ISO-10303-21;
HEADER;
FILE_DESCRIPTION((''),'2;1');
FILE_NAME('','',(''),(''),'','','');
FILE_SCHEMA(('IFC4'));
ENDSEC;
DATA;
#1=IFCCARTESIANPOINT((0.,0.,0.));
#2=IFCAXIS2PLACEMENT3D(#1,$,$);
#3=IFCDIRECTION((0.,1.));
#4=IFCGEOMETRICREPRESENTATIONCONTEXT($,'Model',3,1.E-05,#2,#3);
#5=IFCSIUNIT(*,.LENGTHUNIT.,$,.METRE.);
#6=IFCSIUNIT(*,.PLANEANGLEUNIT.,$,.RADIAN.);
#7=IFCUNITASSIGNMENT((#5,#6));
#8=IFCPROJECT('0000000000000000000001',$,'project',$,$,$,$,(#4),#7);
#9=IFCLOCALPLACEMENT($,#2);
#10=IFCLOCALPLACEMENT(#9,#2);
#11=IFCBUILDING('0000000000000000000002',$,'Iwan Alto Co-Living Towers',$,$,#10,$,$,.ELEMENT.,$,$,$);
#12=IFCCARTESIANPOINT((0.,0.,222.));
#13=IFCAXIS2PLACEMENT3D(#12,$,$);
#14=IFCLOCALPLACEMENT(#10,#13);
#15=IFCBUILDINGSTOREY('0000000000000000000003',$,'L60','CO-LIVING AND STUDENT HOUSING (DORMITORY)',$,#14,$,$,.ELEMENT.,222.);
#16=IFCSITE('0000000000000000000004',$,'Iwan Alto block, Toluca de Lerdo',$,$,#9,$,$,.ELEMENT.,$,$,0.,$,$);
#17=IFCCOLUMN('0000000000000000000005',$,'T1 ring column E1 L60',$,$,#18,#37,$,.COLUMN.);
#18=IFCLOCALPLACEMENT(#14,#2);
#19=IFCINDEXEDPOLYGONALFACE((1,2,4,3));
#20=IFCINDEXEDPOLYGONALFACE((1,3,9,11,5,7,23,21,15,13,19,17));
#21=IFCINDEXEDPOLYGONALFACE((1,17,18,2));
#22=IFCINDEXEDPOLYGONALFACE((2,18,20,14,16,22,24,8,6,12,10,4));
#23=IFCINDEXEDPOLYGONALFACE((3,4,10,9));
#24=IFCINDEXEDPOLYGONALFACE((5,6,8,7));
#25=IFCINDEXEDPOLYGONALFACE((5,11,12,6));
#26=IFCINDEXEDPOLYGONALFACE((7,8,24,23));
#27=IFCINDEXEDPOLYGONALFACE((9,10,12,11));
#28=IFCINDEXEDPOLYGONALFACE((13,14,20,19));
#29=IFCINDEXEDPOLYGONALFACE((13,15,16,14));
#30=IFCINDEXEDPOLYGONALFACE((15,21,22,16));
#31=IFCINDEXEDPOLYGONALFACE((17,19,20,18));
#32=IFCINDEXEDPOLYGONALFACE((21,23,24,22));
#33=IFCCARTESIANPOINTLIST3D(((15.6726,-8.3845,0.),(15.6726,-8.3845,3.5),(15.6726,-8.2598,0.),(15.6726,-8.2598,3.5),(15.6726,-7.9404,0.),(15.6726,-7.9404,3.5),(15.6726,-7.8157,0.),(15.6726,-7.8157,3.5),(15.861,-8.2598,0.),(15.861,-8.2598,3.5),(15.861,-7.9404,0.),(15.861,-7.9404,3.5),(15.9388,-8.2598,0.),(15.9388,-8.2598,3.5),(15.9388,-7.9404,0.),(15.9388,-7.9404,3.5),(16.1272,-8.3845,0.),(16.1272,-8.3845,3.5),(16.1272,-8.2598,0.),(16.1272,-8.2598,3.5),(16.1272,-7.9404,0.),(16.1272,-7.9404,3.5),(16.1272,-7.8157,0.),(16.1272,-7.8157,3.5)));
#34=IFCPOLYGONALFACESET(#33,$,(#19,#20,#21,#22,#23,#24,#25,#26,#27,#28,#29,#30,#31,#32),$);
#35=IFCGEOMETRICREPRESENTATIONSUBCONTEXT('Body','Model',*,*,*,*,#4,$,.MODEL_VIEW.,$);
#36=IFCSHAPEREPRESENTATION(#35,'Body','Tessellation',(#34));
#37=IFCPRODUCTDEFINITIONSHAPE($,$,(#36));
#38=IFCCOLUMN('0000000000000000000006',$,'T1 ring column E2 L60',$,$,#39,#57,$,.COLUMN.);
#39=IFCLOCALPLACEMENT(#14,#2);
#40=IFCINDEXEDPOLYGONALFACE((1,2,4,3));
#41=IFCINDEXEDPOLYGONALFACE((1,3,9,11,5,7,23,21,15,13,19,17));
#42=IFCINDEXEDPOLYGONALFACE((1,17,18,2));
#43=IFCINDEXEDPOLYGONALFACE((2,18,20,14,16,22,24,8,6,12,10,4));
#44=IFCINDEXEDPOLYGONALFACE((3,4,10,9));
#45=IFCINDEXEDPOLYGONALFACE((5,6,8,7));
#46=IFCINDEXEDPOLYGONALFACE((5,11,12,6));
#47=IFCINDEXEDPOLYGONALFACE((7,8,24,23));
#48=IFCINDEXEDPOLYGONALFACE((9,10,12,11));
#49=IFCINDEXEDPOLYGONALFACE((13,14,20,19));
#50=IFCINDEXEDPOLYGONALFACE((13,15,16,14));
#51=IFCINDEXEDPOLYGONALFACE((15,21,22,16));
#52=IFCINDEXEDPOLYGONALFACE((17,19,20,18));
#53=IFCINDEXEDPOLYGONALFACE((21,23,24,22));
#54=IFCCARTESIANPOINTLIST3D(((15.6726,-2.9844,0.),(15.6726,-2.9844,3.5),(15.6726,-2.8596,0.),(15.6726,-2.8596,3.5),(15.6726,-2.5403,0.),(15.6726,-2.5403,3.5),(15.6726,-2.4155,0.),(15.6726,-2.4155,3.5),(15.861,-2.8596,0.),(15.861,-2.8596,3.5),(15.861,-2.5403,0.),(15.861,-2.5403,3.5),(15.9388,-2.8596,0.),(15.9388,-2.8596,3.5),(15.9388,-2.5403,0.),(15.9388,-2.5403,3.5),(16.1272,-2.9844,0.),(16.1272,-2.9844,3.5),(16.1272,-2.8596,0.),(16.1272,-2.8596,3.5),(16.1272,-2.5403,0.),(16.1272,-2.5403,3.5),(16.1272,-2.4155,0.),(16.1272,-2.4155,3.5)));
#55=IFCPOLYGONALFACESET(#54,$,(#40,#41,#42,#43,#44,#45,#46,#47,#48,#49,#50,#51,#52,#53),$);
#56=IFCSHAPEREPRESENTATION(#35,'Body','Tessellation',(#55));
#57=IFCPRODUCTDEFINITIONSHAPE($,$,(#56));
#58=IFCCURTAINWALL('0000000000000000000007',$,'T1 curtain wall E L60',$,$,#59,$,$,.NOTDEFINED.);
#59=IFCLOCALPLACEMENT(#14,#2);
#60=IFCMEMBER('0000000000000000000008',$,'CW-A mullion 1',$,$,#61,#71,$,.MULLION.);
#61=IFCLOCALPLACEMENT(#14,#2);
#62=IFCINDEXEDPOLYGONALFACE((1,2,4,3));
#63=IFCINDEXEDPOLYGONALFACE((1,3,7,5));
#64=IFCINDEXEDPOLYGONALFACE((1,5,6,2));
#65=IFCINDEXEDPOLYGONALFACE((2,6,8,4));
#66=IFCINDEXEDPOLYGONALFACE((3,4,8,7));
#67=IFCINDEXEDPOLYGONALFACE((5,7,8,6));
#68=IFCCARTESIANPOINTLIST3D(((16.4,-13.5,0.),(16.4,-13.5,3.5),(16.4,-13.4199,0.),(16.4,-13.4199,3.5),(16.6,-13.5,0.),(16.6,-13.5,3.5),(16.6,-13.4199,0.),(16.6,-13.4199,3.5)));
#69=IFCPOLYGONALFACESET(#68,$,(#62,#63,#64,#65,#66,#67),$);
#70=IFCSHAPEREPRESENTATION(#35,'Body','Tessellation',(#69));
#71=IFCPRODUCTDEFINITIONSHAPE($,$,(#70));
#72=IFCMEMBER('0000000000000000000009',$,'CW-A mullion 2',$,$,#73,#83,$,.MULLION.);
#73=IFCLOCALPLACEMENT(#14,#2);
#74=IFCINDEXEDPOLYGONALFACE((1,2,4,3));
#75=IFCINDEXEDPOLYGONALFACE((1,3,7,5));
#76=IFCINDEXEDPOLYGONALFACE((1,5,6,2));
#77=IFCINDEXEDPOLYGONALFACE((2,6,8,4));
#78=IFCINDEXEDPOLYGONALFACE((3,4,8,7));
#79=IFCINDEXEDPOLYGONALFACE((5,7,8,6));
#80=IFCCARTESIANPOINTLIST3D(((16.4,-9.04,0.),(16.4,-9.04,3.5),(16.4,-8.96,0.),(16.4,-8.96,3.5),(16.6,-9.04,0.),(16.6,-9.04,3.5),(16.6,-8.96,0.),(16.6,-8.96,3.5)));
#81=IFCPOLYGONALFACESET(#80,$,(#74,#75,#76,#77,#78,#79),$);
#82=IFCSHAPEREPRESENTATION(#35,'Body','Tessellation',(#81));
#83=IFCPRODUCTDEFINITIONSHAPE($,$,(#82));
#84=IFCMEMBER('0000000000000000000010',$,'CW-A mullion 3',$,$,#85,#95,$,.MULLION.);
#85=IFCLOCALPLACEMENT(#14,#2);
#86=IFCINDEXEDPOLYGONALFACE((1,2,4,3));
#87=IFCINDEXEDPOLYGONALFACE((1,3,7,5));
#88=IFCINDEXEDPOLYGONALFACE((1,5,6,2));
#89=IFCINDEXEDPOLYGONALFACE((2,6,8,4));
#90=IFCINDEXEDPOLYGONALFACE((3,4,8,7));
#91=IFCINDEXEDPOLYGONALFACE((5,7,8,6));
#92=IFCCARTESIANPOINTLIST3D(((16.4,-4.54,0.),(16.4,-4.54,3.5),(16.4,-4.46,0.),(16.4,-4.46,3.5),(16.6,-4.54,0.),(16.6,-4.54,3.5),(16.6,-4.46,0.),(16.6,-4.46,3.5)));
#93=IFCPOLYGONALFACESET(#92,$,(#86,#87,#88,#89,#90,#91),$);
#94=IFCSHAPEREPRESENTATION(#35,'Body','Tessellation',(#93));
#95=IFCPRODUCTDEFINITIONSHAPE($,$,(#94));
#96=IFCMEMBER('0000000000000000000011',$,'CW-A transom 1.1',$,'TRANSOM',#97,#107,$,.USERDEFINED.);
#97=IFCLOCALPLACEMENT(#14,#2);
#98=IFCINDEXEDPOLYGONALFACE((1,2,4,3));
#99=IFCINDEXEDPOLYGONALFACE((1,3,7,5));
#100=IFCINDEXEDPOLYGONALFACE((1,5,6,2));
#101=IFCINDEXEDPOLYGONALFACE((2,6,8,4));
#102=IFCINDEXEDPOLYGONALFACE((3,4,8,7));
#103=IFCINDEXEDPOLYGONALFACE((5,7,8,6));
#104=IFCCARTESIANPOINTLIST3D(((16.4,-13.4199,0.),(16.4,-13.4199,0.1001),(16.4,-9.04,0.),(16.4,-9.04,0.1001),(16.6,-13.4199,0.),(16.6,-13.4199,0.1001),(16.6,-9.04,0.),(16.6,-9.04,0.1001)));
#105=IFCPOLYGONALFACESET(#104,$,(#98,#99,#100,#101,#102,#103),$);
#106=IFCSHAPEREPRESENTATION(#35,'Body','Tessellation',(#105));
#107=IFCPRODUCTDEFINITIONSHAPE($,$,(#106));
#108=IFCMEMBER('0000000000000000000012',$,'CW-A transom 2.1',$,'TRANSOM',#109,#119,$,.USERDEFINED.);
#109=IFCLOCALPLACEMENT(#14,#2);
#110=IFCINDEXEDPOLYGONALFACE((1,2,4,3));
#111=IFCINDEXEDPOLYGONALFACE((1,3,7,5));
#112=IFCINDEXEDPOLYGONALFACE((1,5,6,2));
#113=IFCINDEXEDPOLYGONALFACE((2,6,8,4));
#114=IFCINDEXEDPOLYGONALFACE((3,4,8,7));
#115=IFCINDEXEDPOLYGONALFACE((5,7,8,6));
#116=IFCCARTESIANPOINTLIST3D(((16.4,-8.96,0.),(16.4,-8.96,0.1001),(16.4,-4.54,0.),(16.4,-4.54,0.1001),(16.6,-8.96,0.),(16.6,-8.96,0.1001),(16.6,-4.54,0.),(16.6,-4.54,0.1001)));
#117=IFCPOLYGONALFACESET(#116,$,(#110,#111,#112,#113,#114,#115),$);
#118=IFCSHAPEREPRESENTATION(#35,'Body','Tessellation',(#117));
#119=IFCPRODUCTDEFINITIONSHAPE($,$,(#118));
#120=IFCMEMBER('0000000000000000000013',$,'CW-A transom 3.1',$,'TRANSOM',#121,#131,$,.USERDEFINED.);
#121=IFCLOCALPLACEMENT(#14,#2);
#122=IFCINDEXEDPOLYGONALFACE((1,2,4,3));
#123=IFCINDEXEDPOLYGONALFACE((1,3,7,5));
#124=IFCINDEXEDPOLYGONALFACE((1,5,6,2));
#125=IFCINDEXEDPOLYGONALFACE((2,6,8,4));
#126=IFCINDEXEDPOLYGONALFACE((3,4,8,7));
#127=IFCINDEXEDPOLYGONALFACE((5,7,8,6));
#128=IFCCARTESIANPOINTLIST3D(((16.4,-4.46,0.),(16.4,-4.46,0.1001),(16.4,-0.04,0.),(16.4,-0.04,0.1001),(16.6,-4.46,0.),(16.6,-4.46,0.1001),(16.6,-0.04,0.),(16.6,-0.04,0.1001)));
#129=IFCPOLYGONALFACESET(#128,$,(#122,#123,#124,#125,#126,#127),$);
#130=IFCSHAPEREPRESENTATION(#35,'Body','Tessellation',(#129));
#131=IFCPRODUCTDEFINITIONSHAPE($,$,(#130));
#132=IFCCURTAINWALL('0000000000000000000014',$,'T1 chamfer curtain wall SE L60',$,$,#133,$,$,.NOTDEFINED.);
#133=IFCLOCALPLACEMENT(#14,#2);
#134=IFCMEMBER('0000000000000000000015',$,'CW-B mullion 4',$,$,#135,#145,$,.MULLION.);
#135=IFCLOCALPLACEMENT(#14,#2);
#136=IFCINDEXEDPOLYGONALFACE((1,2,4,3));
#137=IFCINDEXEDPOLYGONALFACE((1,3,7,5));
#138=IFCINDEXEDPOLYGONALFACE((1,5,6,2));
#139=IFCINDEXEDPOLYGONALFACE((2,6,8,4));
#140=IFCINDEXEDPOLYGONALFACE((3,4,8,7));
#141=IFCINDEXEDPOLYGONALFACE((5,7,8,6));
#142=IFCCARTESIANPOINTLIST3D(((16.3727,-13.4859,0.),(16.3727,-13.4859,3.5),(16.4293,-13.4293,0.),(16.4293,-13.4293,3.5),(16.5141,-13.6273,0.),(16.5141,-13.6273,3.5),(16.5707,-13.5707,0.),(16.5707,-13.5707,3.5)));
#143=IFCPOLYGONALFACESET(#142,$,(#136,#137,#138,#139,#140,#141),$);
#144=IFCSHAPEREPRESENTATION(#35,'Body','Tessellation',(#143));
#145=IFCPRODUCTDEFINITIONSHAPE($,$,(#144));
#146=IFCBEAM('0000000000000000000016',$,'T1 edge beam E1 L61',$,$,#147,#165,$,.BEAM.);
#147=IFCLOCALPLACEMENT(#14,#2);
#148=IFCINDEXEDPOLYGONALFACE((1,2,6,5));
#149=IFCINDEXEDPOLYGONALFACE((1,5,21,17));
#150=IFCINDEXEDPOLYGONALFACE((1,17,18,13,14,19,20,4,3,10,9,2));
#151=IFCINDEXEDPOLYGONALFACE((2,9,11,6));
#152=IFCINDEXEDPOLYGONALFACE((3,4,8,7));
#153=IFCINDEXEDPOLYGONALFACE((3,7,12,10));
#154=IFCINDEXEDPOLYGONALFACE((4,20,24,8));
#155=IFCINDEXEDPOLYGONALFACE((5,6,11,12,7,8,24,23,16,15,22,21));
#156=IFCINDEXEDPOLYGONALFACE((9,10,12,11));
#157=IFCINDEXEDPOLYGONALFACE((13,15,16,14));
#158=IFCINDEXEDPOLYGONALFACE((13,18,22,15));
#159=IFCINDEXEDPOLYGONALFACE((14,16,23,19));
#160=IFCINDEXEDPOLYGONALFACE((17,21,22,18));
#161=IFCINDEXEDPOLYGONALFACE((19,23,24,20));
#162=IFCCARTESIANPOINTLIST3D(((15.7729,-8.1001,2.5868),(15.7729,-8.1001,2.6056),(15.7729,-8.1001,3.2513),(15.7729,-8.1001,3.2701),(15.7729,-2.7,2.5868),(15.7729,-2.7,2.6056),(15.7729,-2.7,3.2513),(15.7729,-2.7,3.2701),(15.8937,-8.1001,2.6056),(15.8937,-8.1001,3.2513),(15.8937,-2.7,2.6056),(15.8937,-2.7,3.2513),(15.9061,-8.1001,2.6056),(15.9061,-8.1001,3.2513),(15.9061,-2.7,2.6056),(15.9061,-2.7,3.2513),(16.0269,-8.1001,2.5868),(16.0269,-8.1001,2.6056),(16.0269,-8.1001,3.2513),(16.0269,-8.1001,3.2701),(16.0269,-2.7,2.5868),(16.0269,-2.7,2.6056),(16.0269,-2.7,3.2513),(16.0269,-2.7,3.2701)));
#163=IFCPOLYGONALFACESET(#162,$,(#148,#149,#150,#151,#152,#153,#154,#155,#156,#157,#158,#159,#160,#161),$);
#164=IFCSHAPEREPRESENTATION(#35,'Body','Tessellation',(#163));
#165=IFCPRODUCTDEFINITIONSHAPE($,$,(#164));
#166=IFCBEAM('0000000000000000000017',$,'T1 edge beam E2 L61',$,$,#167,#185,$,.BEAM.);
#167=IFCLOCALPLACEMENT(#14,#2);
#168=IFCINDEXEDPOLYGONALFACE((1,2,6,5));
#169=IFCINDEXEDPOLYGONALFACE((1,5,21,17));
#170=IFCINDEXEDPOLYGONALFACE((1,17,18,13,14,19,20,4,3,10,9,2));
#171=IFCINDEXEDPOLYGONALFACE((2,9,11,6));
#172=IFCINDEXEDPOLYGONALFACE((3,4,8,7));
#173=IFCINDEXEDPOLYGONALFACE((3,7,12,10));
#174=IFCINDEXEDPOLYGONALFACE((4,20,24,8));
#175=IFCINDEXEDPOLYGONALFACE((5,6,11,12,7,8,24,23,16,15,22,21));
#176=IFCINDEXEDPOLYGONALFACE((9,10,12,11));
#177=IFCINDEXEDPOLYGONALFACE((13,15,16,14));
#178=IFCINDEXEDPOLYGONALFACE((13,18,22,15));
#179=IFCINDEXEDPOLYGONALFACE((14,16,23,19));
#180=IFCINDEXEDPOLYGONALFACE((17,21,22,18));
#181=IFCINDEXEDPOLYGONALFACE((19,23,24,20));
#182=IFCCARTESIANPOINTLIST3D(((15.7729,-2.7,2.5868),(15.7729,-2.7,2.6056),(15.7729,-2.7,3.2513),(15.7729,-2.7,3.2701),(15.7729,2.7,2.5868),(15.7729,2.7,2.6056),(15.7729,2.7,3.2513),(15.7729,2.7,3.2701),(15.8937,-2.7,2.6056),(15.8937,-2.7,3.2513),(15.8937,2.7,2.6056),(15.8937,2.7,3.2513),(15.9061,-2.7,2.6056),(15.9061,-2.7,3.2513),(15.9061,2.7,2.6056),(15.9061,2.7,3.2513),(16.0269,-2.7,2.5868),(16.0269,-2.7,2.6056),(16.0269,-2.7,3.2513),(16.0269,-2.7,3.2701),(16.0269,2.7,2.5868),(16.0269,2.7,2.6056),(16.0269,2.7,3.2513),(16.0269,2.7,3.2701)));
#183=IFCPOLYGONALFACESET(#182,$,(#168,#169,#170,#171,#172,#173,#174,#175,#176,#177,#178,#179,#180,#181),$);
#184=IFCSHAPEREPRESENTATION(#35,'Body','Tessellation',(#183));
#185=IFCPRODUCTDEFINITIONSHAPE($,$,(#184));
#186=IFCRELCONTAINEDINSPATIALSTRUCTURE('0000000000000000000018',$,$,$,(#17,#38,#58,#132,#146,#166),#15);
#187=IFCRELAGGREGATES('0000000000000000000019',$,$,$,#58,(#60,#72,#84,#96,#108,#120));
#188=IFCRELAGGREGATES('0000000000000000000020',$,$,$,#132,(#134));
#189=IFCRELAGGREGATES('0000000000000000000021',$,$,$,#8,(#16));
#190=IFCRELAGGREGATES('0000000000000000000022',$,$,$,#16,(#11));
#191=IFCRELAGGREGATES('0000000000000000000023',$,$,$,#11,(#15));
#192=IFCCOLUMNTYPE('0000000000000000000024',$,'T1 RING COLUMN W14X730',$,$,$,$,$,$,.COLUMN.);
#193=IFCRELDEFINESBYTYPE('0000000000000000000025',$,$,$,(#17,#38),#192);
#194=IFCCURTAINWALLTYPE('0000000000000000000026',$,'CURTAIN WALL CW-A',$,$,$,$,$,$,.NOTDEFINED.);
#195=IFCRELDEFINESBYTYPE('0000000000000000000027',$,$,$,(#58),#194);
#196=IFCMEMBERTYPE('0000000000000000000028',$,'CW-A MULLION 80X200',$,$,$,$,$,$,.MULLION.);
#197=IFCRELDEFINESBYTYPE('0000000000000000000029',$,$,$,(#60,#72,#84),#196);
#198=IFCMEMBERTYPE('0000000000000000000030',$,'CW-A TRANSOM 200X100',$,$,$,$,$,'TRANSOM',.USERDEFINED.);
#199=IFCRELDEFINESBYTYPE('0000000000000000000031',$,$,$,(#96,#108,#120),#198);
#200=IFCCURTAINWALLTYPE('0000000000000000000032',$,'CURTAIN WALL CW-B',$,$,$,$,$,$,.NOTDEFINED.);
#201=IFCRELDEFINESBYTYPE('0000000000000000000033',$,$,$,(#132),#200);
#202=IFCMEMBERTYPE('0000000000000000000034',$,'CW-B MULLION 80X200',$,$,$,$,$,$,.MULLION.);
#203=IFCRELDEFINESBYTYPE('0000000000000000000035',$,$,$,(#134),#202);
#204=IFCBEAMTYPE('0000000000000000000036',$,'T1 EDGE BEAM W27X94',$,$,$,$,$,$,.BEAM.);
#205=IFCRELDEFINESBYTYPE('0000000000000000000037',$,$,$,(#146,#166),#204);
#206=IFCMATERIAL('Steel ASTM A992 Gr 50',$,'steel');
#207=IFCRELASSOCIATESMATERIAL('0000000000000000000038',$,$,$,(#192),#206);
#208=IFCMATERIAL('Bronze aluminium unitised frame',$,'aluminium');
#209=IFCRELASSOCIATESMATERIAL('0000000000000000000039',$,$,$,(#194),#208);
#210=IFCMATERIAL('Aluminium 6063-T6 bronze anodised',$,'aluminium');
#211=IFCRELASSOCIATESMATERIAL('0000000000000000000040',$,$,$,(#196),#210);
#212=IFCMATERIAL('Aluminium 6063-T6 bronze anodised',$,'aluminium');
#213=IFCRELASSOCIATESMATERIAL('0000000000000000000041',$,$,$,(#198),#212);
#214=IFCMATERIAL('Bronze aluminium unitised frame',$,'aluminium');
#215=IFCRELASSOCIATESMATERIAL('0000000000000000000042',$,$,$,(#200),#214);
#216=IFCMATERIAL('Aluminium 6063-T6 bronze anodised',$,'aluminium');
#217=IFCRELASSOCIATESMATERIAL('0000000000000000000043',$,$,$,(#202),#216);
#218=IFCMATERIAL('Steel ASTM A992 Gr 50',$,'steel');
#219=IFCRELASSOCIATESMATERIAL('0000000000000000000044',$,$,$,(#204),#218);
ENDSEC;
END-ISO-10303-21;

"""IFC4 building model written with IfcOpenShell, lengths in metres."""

from ifc_helpers import new_model, si_unit, direction, frame, origin, origin_2d, place, context, subcontext, project, spatial, rectangle, i_section, extrude, material, material_profile, profile_set, type_object, element, aggregate, save


model = new_model("IFC4")

# Units and contexts
model_context = context("Model", 3, precision=1e-05, world=origin(), true_north=direction((0.0, 1.0)))
body_context = subcontext(model_context, "Body", "Model", "MODEL_VIEW")
ifc_project = project(units=[si_unit("LENGTHUNIT", "METRE"), si_unit("PLANEANGLEUNIT", "RADIAN")], contexts=[model_context])

# Site, building, storey
site_placement = place(None, origin())
site = spatial("IfcSite", under=ifc_project, at=site_placement, Name="Iwan Alto block, Toluca de Lerdo", CompositionType="ELEMENT", RefElevation=0.0)
building_placement = place(site_placement, origin())
building = spatial("IfcBuilding", under=site, at=building_placement, Name="Iwan Alto Co-Living Towers", CompositionType="ELEMENT")
storey_placement = place(building_placement, frame((0.0, 0.0, 222.0)))
storey = spatial("IfcBuildingStorey", under=building, at=storey_placement, Name="L60", Description="CO-LIVING AND STUDENT HOUSING (DORMITORY)", CompositionType="ELEMENT", Elevation=222.0)

# Columns
ifc_material_1 = material(Name="Steel ASTM A992 Gr 50", Category="steel")
ifc_material_profile_1 = material_profile(ifc_material_1, i_section(OverallWidth=0.4546, OverallDepth=0.5688, WebThickness=0.0779, FlangeThickness=0.1248, at=origin_2d()), Name="W14X730")
ifc_profile_set_1 = profile_set([ifc_material_profile_1], Name="Steel ASTM A992 Gr 50")
column_type = type_object("IfcColumnType", Name="T1 RING COLUMN W14X730", PredefinedType="COLUMN", material=ifc_profile_set_1)
for number, where, z_axis, x_axis, name in (
    (1, (15.8999, -8.1001, 0.0), (0.0, 0.0, 1.0), (1.0, 0.0, 0.0), "T1 ring column E1 L60"),
    (2, (15.8999, -2.7, 0.0), (0.0, 0.0, 1.0), (1.0, 0.0, 0.0), "T1 ring column E2 L60"),
):
    element("IfcColumn", number, at=place(storey_placement, frame(where, z_axis=z_axis, x_axis=x_axis)), inside=storey, type_object=column_type, Name=name, PredefinedType="COLUMN", context=body_context, shape_type="SweptSolid", body=[
        extrude(i_section(OverallWidth=0.4546, OverallDepth=0.5688, WebThickness=0.0779, FlangeThickness=0.1248, at=origin_2d()), origin(), (0.0, 0.0, 1.0), 3.5),
    ])

# Curtain wall, members
ifc_material_2 = material(Name="Bronze aluminium unitised frame", Category="aluminium")
curtain_wall_type_1 = type_object("IfcCurtainWallType", Name="CURTAIN WALL CW-A", PredefinedType="NOTDEFINED", material=ifc_material_2)
curtain_wall_1_placement = place(storey_placement, origin())
curtain_wall_1 = element("IfcCurtainWall", 3, at=curtain_wall_1_placement, inside=storey, type_object=curtain_wall_type_1, Name="T1 curtain wall E L60", PredefinedType="NOTDEFINED")
ifc_material_3 = material(Name="Aluminium 6063-T6 bronze anodised", Category="aluminium")
ifc_material_profile_2 = material_profile(ifc_material_3, rectangle(XDim=0.2, YDim=0.0801, at=origin_2d()), Name="AL 80X200")
ifc_profile_set_2 = profile_set([ifc_material_profile_2], Name="Aluminium 6063-T6 bronze anodised")
member_type_1 = type_object("IfcMemberType", Name="CW-A MULLION 80X200", PredefinedType="MULLION", material=ifc_profile_set_2)
member_1_placement = place(storey_placement, frame((16.5, -13.46, 0.0), z_axis=(0.0, 0.0, 1.0), x_axis=(-1.0, 0.0, 0.0)))
member_1 = element("IfcMember", 4, at=member_1_placement, type_object=member_type_1, Name="CW-A mullion 1", PredefinedType="MULLION", context=body_context, shape_type="SweptSolid", body=[
    extrude(rectangle(XDim=0.2, YDim=0.0801, at=origin_2d()), origin(), (0.0, 0.0, 1.0), 3.5),
])
member_2_placement = place(storey_placement, frame((16.5, -9.0, 0.0), z_axis=(0.0, 0.0, 1.0), x_axis=(-1.0, 0.0, 0.0)))
member_2 = element("IfcMember", 5, at=member_2_placement, type_object=member_type_1, Name="CW-A mullion 2", PredefinedType="MULLION", context=body_context, shape_type="SweptSolid", body=[
    extrude(rectangle(XDim=0.2, YDim=0.0801, at=origin_2d()), origin(), (0.0, 0.0, 1.0), 3.5),
])
member_3_placement = place(storey_placement, frame((16.5, -4.5, 0.0), z_axis=(0.0, 0.0, 1.0), x_axis=(-1.0, 0.0, 0.0)))
member_3 = element("IfcMember", 6, at=member_3_placement, type_object=member_type_1, Name="CW-A mullion 3", PredefinedType="MULLION", context=body_context, shape_type="SweptSolid", body=[
    extrude(rectangle(XDim=0.2, YDim=0.0801, at=origin_2d()), origin(), (0.0, 0.0, 1.0), 3.5),
])
ifc_material_4 = material(Name="Aluminium 6063-T6 bronze anodised", Category="aluminium")
ifc_material_profile_3 = material_profile(ifc_material_4, rectangle(XDim=0.2, YDim=0.1001, at=origin_2d()), Name="AL 200X100")
ifc_profile_set_3 = profile_set([ifc_material_profile_3], Name="Aluminium 6063-T6 bronze anodised")
member_type_2 = type_object("IfcMemberType", Name="CW-A TRANSOM 200X100", ElementType="TRANSOM", PredefinedType="USERDEFINED", material=ifc_profile_set_3)
member_4_placement = place(storey_placement, frame((16.5, -13.4199, 0.05), z_axis=(0.0, 1.0, 0.0), x_axis=(-1.0, 0.0, 0.0)))
member_4 = element("IfcMember", 7, at=member_4_placement, type_object=member_type_2, Name="CW-A transom 1.1", ObjectType="TRANSOM", PredefinedType="USERDEFINED", context=body_context, shape_type="SweptSolid", body=[
    extrude(rectangle(XDim=0.2, YDim=0.1001, at=origin_2d()), origin(), (0.0, 0.0, 1.0), 4.3799),
])
member_5_placement = place(storey_placement, frame((16.5, -8.96, 0.05), z_axis=(0.0, 1.0, 0.0), x_axis=(-1.0, 0.0, 0.0)))
member_5 = element("IfcMember", 8, at=member_5_placement, type_object=member_type_2, Name="CW-A transom 2.1", ObjectType="TRANSOM", PredefinedType="USERDEFINED", context=body_context, shape_type="SweptSolid", body=[
    extrude(rectangle(XDim=0.2, YDim=0.1001, at=origin_2d()), origin(), (0.0, 0.0, 1.0), 4.4199),
])
member_6_placement = place(storey_placement, frame((16.5, -4.46, 0.05), z_axis=(0.0, 1.0, 0.0), x_axis=(-1.0, 0.0, 0.0)))
member_6 = element("IfcMember", 9, at=member_6_placement, type_object=member_type_2, Name="CW-A transom 3.1", ObjectType="TRANSOM", PredefinedType="USERDEFINED", context=body_context, shape_type="SweptSolid", body=[
    extrude(rectangle(XDim=0.2, YDim=0.1001, at=origin_2d()), origin(), (0.0, 0.0, 1.0), 4.4199),
])

# Curtain wall, member
ifc_material_5 = material(Name="Bronze aluminium unitised frame", Category="aluminium")
curtain_wall_type_2 = type_object("IfcCurtainWallType", Name="CURTAIN WALL CW-B", PredefinedType="NOTDEFINED", material=ifc_material_5)
curtain_wall_2_placement = place(storey_placement, origin())
curtain_wall_2 = element("IfcCurtainWall", 10, at=curtain_wall_2_placement, inside=storey, type_object=curtain_wall_type_2, Name="T1 chamfer curtain wall SE L60", PredefinedType="NOTDEFINED")
ifc_material_6 = material(Name="Aluminium 6063-T6 bronze anodised", Category="aluminium")
ifc_material_profile_4 = material_profile(ifc_material_6, rectangle(XDim=0.2, YDim=0.0801, at=origin_2d()), Name="AL 80X200")
ifc_profile_set_4 = profile_set([ifc_material_profile_4], Name="Aluminium 6063-T6 bronze anodised")
member_type_3 = type_object("IfcMemberType", Name="CW-B MULLION 80X200", PredefinedType="MULLION", material=ifc_profile_set_4)
member_7_placement = place(storey_placement, frame((16.4717, -13.5283, 0.0), z_axis=(0.0, 0.0, 1.0), x_axis=(-0.707107, 0.707107, 0.0)))
member_7 = element("IfcMember", 11, at=member_7_placement, type_object=member_type_3, Name="CW-B mullion 4", PredefinedType="MULLION", context=body_context, shape_type="SweptSolid", body=[
    extrude(rectangle(XDim=0.2, YDim=0.0801, at=origin_2d()), origin(), (0.0, 0.0, 1.0), 3.5),
])

# Beams
ifc_material_7 = material(Name="Steel ASTM A992 Gr 50", Category="steel")
ifc_material_profile_5 = material_profile(ifc_material_7, i_section(OverallWidth=0.2539, OverallDepth=0.6833, WebThickness=0.0125, FlangeThickness=0.0188, at=origin_2d()), Name="W27X94")
ifc_profile_set_5 = profile_set([ifc_material_profile_5], Name="Steel ASTM A992 Gr 50")
beam_type_1 = type_object("IfcBeamType", Name="T1 EDGE BEAM W27X94", PredefinedType="BEAM", material=ifc_profile_set_5)
beam_1_placement = place(storey_placement, frame((15.8999, -8.1001, 2.9285), z_axis=(0.0, 1.0, 0.0), x_axis=(-1.0, 0.0, 0.0)))
element("IfcBeam", 12, at=beam_1_placement, inside=storey, type_object=beam_type_1, Name="T1 edge beam E1 L61", PredefinedType="BEAM", context=body_context, shape_type="SweptSolid", body=[
    extrude(i_section(OverallWidth=0.2539, OverallDepth=0.6833, WebThickness=0.0125, FlangeThickness=0.0188, at=origin_2d()), origin(), (0.0, 0.0, 1.0), 5.4001),
])
beam_2_placement = place(storey_placement, frame((15.8999, -2.7, 2.9285), z_axis=(0.0, 1.0, 0.0), x_axis=(-1.0, 0.0, 0.0)))
element("IfcBeam", 13, at=beam_2_placement, inside=storey, type_object=beam_type_1, Name="T1 edge beam E2 L61", PredefinedType="BEAM", context=body_context, shape_type="SweptSolid", body=[
    extrude(i_section(OverallWidth=0.2539, OverallDepth=0.6833, WebThickness=0.0125, FlangeThickness=0.0188, at=origin_2d()), origin(), (0.0, 0.0, 1.0), 5.3999),
])

aggregate(curtain_wall_1, [member_1, member_2, member_3, member_4, member_5, member_6])
aggregate(curtain_wall_2, [member_7])

save(model, "model.ifc")
